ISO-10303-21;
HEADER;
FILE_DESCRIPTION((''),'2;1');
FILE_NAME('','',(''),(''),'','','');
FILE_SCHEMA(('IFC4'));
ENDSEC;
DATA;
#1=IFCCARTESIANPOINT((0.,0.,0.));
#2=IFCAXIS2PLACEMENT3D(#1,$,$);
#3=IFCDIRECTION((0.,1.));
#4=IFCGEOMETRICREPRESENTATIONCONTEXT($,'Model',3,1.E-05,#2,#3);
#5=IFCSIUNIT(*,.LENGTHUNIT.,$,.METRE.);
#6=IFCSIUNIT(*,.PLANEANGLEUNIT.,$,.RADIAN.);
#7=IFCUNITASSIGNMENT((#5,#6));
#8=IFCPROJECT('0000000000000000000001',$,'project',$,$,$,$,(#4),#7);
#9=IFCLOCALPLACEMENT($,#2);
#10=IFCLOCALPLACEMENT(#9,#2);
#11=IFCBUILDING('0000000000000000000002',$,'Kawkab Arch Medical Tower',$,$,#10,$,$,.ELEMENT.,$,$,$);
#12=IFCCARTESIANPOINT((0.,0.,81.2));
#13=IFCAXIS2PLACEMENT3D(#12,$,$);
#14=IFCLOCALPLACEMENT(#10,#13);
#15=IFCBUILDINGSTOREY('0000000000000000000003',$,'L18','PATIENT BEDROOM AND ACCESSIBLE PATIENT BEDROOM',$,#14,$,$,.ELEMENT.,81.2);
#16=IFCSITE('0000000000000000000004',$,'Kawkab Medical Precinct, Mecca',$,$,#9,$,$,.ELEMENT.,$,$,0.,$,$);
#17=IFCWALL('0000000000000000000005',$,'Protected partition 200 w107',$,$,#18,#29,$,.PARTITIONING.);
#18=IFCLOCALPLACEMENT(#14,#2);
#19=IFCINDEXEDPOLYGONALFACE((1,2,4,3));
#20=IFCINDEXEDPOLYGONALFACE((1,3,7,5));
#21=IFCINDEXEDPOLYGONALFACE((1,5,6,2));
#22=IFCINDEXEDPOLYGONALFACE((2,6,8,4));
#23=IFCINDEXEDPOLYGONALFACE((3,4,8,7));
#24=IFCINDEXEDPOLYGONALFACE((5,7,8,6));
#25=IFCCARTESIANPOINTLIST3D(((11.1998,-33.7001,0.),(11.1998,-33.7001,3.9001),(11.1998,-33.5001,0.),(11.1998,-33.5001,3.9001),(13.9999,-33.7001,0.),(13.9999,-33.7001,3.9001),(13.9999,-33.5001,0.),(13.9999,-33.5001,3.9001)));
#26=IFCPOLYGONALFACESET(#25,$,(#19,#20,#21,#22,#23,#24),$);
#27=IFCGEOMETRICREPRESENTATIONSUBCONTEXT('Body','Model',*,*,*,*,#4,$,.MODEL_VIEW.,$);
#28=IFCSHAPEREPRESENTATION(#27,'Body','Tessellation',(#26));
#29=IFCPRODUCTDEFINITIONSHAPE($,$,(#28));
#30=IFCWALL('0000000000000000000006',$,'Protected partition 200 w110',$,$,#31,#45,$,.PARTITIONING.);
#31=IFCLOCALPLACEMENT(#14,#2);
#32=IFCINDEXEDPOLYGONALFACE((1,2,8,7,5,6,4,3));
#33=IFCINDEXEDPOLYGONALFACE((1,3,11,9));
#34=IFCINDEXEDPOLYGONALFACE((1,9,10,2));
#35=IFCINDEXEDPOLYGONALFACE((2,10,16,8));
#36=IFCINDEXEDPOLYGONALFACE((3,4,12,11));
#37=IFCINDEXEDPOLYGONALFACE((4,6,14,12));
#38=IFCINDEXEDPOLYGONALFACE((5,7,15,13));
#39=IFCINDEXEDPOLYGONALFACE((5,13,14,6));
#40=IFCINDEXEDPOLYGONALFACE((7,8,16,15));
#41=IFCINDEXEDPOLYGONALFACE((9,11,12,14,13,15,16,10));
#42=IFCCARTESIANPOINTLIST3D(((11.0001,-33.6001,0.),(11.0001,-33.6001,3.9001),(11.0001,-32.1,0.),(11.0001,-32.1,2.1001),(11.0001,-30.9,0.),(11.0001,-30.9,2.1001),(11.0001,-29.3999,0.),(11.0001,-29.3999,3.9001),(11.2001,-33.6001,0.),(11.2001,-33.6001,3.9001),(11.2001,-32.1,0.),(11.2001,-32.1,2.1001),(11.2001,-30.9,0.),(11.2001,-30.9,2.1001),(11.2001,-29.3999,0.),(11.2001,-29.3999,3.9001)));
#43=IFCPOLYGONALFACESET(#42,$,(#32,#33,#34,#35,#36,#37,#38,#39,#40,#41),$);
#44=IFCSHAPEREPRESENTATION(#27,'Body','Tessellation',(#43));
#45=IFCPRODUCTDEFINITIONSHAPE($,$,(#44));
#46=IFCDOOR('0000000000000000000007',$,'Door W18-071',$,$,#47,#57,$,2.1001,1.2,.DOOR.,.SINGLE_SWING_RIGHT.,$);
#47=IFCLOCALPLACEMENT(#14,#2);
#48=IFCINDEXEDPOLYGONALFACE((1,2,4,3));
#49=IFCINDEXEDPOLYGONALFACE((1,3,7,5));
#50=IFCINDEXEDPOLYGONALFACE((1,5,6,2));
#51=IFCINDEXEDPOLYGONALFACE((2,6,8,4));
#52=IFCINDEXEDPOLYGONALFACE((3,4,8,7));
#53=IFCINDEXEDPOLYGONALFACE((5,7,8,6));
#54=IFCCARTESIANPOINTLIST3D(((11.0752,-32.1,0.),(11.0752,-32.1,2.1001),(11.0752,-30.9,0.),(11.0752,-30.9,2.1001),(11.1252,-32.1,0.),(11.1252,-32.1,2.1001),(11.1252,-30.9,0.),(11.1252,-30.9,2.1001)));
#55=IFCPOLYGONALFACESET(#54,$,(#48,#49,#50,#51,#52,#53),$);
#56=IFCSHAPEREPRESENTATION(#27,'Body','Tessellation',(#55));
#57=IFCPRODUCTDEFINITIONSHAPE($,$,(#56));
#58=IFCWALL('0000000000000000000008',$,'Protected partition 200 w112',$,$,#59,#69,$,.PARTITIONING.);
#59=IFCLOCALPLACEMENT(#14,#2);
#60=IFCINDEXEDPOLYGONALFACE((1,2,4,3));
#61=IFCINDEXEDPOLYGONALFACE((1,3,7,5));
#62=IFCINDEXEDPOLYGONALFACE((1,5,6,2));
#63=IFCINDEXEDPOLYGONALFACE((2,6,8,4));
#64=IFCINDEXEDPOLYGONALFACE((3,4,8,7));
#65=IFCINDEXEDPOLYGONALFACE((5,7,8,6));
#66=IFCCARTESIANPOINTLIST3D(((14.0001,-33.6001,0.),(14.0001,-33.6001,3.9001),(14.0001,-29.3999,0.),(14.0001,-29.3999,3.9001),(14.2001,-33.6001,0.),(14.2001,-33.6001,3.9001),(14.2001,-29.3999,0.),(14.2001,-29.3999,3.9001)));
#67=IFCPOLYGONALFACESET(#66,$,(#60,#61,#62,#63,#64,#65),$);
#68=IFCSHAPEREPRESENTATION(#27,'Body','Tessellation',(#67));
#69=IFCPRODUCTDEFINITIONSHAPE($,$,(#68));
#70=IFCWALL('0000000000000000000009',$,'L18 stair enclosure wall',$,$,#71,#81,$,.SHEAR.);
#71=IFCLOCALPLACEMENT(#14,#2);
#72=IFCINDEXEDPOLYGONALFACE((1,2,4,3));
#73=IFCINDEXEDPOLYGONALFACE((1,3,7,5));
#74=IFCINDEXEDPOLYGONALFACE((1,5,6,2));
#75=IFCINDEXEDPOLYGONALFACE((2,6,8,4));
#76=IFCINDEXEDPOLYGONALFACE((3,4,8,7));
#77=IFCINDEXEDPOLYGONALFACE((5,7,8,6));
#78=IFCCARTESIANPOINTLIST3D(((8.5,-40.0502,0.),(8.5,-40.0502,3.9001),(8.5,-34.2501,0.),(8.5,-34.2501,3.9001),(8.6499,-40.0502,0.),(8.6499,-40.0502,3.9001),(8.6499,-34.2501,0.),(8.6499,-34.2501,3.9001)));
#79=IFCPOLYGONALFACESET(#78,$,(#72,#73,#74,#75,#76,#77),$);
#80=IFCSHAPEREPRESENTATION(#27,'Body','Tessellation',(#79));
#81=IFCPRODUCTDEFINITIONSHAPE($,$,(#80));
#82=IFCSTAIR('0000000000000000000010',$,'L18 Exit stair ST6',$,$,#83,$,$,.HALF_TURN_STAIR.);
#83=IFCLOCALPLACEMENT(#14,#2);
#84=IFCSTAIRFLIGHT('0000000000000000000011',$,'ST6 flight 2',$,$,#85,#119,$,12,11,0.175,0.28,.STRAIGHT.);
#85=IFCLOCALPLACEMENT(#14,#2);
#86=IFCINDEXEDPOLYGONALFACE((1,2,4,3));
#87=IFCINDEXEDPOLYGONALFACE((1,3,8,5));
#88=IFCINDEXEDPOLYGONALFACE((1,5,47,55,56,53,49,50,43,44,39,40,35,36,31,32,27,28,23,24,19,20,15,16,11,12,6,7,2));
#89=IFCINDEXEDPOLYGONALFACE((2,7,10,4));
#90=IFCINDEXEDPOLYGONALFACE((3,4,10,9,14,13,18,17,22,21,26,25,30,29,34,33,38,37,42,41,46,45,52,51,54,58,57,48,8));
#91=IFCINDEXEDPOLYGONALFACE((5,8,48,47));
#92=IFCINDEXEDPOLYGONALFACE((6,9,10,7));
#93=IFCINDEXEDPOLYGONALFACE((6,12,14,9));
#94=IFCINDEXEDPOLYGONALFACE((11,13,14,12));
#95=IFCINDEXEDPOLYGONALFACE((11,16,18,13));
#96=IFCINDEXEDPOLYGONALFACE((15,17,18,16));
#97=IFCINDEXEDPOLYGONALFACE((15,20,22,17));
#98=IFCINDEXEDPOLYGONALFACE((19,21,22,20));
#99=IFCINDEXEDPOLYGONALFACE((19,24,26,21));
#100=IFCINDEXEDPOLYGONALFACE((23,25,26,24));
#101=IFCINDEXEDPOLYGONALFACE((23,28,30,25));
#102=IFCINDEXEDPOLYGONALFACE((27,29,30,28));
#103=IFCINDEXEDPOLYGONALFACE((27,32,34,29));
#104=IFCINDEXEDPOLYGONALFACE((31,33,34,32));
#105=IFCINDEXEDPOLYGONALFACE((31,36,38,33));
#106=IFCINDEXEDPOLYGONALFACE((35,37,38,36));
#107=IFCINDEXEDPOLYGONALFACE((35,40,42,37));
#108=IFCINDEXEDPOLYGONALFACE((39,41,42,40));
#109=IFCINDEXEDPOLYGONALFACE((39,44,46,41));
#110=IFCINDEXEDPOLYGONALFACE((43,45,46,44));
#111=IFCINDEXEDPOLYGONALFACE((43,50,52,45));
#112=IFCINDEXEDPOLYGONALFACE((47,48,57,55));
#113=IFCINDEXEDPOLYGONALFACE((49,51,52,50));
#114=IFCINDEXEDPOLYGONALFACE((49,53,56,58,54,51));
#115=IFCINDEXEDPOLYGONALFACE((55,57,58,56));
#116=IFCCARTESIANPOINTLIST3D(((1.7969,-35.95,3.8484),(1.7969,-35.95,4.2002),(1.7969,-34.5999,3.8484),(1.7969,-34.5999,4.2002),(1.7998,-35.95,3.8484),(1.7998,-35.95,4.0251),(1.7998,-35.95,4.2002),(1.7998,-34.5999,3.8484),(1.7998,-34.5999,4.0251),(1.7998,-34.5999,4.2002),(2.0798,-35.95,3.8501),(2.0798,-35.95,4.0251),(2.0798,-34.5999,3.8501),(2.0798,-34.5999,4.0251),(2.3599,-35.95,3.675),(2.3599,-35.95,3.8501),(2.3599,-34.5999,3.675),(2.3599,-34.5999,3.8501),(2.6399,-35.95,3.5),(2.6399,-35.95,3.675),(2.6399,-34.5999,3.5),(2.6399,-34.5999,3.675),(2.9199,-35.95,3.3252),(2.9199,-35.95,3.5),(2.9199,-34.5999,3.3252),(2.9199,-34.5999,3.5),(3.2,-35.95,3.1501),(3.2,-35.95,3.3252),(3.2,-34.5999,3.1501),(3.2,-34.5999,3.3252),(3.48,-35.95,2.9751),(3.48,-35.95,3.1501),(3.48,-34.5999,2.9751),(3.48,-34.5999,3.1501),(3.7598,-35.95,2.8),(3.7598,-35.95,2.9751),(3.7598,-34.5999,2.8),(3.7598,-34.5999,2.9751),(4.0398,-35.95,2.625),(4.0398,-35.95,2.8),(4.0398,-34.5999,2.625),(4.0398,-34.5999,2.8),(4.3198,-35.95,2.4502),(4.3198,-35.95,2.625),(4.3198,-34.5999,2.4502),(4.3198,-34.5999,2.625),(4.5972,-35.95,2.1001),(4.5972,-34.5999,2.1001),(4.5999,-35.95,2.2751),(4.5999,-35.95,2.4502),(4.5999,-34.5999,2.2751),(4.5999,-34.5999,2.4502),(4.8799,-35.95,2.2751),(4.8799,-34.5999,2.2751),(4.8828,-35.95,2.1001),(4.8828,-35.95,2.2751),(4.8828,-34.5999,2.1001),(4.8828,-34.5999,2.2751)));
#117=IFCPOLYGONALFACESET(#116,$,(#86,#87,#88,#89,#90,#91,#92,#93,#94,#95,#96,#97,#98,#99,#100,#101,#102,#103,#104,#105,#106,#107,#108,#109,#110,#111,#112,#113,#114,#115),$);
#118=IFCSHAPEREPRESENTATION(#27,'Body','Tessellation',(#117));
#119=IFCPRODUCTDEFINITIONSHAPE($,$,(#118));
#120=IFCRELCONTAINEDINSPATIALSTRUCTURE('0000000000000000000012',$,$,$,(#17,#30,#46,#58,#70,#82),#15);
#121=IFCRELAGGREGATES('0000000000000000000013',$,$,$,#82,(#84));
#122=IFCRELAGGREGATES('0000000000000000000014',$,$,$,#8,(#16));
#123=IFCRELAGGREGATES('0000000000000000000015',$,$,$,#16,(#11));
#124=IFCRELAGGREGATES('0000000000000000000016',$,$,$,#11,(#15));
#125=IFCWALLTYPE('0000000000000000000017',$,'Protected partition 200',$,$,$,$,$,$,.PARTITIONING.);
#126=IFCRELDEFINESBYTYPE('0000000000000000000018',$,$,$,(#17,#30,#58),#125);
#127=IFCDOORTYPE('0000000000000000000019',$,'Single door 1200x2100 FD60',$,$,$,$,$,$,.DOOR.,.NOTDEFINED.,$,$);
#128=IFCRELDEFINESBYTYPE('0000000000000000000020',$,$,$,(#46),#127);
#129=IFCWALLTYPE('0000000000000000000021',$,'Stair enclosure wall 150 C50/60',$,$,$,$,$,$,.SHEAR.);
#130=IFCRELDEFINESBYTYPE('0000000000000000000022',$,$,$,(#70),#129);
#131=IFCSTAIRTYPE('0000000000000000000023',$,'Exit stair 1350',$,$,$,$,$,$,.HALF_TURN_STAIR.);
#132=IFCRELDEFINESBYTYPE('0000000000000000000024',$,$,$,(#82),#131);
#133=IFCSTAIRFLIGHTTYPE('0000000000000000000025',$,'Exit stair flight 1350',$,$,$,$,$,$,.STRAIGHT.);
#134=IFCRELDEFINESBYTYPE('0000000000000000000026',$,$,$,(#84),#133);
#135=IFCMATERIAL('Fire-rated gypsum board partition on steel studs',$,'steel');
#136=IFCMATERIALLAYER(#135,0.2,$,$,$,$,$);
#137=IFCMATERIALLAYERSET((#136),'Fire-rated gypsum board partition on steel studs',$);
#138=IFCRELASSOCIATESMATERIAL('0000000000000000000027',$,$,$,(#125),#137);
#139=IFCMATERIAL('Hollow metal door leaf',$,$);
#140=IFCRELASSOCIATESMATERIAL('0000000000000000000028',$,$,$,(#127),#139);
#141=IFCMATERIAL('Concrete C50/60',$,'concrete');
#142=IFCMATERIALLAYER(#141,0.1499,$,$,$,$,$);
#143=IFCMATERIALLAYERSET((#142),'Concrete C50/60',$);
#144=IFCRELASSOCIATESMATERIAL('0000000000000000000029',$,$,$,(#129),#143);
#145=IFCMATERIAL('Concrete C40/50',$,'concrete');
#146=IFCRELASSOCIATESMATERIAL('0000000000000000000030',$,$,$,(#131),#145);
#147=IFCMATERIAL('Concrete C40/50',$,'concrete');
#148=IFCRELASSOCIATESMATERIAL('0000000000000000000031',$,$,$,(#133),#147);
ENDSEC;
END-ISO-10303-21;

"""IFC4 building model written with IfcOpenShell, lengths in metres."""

from ifc_helpers import new_model, si_unit, direction, frame, frame_2d, origin, place, context, subcontext, project, spatial, polyline, rectangle, outline, extrude, material, layer, layer_set, type_object, element, fill, aggregate, save


model = new_model("IFC4")

# Units and contexts
model_context = context("Model", 3, precision=1e-05, world=origin(), true_north=direction((0.0, 1.0)))
body_context = subcontext(model_context, "Body", "Model", "MODEL_VIEW")
ifc_project = project(units=[si_unit("LENGTHUNIT", "METRE"), si_unit("PLANEANGLEUNIT", "RADIAN")], contexts=[model_context])

# Site, building, storey
site_placement = place(None, origin())
site = spatial("IfcSite", under=ifc_project, at=site_placement, Name="Kawkab Medical Precinct, Mecca", CompositionType="ELEMENT", RefElevation=0.0)
building_placement = place(site_placement, origin())
building = spatial("IfcBuilding", under=site, at=building_placement, Name="Kawkab Arch Medical Tower", CompositionType="ELEMENT")
storey_placement = place(building_placement, frame((0.0, 0.0, 81.2)))
storey = spatial("IfcBuildingStorey", under=building, at=storey_placement, Name="L18", Description="PATIENT BEDROOM AND ACCESSIBLE PATIENT BEDROOM", CompositionType="ELEMENT", Elevation=81.2)

# Wall
ifc_material_1 = material(Name="Fire-rated gypsum board partition on steel studs", Category="steel")
ifc_layer_1 = layer(ifc_material_1, 0.2)
ifc_layer_set_1 = layer_set([ifc_layer_1], Name="Fire-rated gypsum board partition on steel studs")
wall_type_1 = type_object("IfcWallType", Name="Protected partition 200", PredefinedType="PARTITIONING", material=ifc_layer_set_1)
wall_1_placement = place(storey_placement, frame((11.2, -33.6001, 0.0), z_axis=(0.0, 0.0, 1.0), x_axis=(1.0, 0.0, 0.0)))
element("IfcWall", 1, at=wall_1_placement, inside=storey, type_object=wall_type_1, Name="Protected partition 200 w107", PredefinedType="PARTITIONING", context=body_context, shape_type="SweptSolid", body=[
    extrude(rectangle(XDim=2.8, YDim=0.2, at=frame_2d((1.3999, 0.0))), origin(), (0.0, 0.0, 1.0), 3.9001),
])

# Wall, opening, door
wall_2_placement = place(storey_placement, frame((11.1001, -33.6001, 0.0), z_axis=(0.0, 0.0, 1.0), x_axis=(0.0, 1.0, 0.0)))
wall_2 = element("IfcWall", 2, at=wall_2_placement, inside=storey, type_object=wall_type_1, Name="Protected partition 200 w110", PredefinedType="PARTITIONING", context=body_context, shape_type="SweptSolid", body=[
    extrude(rectangle(XDim=4.2002, YDim=0.2, at=frame_2d((2.1001, 0.0))), origin(), (0.0, 0.0, 1.0), 3.9001),
])
opening_1_placement = place(wall_2_placement, frame((1.5, 0.0, 0.0)))
opening_1 = element("IfcOpeningElement", 3, at=opening_1_placement, cuts=wall_2, PredefinedType="OPENING", context=body_context, shape_type="SweptSolid", body=[
    extrude(rectangle(XDim=1.2, YDim=2.1001, at=frame_2d((0.6001, 1.05))), frame((0.0, 0.1099, 0.0), z_axis=(0.0, -1.0, 0.0), x_axis=(1.0, 0.0, 0.0)), (0.0, 0.0, 1.0), 0.22),
])
ifc_material_2 = material(Name="Hollow metal door leaf")
door_type_1 = type_object("IfcDoorType", Name="Single door 1200x2100 FD60", OperationType="NOTDEFINED", PredefinedType="DOOR", material=ifc_material_2)
door_1_placement = place(opening_1_placement, origin())
door_1 = element("IfcDoor", 4, at=door_1_placement, inside=storey, type_object=door_type_1, Name="Door W18-071", OperationType="SINGLE_SWING_RIGHT", OverallHeight=2.1001, OverallWidth=1.2, PredefinedType="DOOR", context=body_context, shape_type="SweptSolid", body=[
    extrude(rectangle(XDim=1.2, YDim=2.1001, at=frame_2d((0.6001, 1.05))), frame((0.0, 0.0249, 0.0), z_axis=(0.0, -1.0, 0.0), x_axis=(1.0, 0.0, 0.0)), (0.0, 0.0, 1.0), 0.05),
])
fill(opening_1, door_1)

# Walls
wall_3_placement = place(storey_placement, frame((14.1001, -33.6001, 0.0), z_axis=(0.0, 0.0, 1.0), x_axis=(0.0, 1.0, 0.0)))
element("IfcWall", 5, at=wall_3_placement, inside=storey, type_object=wall_type_1, Name="Protected partition 200 w112", PredefinedType="PARTITIONING", context=body_context, shape_type="SweptSolid", body=[
    extrude(rectangle(XDim=4.2002, YDim=0.2, at=frame_2d((2.1001, 0.0))), origin(), (0.0, 0.0, 1.0), 3.9001),
])
ifc_material_3 = material(Name="Concrete C50/60", Category="concrete")
ifc_layer_2 = layer(ifc_material_3, 0.1499)
ifc_layer_set_2 = layer_set([ifc_layer_2], Name="Concrete C50/60")
wall_type_2 = type_object("IfcWallType", Name="Stair enclosure wall 150 C50/60", PredefinedType="SHEAR", material=ifc_layer_set_2)
wall_4_placement = place(storey_placement, frame((8.575, -40.05, 0.0), z_axis=(0.0, 0.0, 1.0), x_axis=(0.0, 1.0, 0.0)))
element("IfcWall", 6, at=wall_4_placement, inside=storey, type_object=wall_type_2, Name="L18 stair enclosure wall", PredefinedType="SHEAR", context=body_context, shape_type="SweptSolid", body=[
    extrude(rectangle(XDim=5.8, YDim=0.1499, at=frame_2d((2.8999, 0.0))), origin(), (0.0, 0.0, 1.0), 3.9001),
])

# Stair, stair flight
ifc_material_4 = material(Name="Concrete C40/50", Category="concrete")
stair_type = type_object("IfcStairType", Name="Exit stair 1350", PredefinedType="HALF_TURN_STAIR", material=ifc_material_4)
stair_placement = place(storey_placement, origin())
stair = element("IfcStair", 7, at=stair_placement, inside=storey, type_object=stair_type, Name="L18 Exit stair ST6", PredefinedType="HALF_TURN_STAIR")
ifc_material_5 = material(Name="Concrete C40/50", Category="concrete")
stair_flight_type = type_object("IfcStairFlightType", Name="Exit stair flight 1350", PredefinedType="STRAIGHT", material=ifc_material_5)
stair_flight_placement = place(storey_placement, frame((4.8799, -35.2749, 2.1001), z_axis=(0.0, 0.0, 1.0), x_axis=(-1.0, 0.0, 0.0)))
stair_flight = element("IfcStairFlight", 8, at=stair_flight_placement, type_object=stair_flight_type, Name="ST6 flight 2", NumberOfRisers=12, NumberOfTreads=11, PredefinedType="STRAIGHT", RiserHeight=0.175, TreadLength=0.28, context=body_context, shape_type="SweptSolid", body=[
    extrude(outline(polyline([(-0.0029, 0.0), (-0.0029, 0.175), (0.0, 0.175), (0.28, 0.175), (0.28, 0.3501), (0.5601, 0.3501), (0.5601, 0.5249), (0.8401, 0.5249), (0.8401, 0.7), (1.1201, 0.7), (1.1201, 0.875), (1.3999, 0.875), (1.3999, 1.05), (1.6799, 1.05), (1.6799, 1.2251), (1.96, 1.2251), (1.96, 1.3999), (2.24, 1.3999), (2.24, 1.575), (2.52, 1.575), (2.52, 1.75), (2.8, 1.75), (2.8, 1.925), (3.0801, 1.925), (3.0801, 2.1001), (3.083, 2.1001), (3.083, 1.7483), (3.0801, 1.7483), (0.2827, 0.0), (-0.0029, 0.0)])), frame((0.0, 0.675, 0.0), z_axis=(0.0, -1.0, 0.0), x_axis=(1.0, 0.0, 0.0)), (0.0, 0.0, 1.0), 1.3501),
])
aggregate(stair, [stair_flight])

save(model, "model.ifc")
